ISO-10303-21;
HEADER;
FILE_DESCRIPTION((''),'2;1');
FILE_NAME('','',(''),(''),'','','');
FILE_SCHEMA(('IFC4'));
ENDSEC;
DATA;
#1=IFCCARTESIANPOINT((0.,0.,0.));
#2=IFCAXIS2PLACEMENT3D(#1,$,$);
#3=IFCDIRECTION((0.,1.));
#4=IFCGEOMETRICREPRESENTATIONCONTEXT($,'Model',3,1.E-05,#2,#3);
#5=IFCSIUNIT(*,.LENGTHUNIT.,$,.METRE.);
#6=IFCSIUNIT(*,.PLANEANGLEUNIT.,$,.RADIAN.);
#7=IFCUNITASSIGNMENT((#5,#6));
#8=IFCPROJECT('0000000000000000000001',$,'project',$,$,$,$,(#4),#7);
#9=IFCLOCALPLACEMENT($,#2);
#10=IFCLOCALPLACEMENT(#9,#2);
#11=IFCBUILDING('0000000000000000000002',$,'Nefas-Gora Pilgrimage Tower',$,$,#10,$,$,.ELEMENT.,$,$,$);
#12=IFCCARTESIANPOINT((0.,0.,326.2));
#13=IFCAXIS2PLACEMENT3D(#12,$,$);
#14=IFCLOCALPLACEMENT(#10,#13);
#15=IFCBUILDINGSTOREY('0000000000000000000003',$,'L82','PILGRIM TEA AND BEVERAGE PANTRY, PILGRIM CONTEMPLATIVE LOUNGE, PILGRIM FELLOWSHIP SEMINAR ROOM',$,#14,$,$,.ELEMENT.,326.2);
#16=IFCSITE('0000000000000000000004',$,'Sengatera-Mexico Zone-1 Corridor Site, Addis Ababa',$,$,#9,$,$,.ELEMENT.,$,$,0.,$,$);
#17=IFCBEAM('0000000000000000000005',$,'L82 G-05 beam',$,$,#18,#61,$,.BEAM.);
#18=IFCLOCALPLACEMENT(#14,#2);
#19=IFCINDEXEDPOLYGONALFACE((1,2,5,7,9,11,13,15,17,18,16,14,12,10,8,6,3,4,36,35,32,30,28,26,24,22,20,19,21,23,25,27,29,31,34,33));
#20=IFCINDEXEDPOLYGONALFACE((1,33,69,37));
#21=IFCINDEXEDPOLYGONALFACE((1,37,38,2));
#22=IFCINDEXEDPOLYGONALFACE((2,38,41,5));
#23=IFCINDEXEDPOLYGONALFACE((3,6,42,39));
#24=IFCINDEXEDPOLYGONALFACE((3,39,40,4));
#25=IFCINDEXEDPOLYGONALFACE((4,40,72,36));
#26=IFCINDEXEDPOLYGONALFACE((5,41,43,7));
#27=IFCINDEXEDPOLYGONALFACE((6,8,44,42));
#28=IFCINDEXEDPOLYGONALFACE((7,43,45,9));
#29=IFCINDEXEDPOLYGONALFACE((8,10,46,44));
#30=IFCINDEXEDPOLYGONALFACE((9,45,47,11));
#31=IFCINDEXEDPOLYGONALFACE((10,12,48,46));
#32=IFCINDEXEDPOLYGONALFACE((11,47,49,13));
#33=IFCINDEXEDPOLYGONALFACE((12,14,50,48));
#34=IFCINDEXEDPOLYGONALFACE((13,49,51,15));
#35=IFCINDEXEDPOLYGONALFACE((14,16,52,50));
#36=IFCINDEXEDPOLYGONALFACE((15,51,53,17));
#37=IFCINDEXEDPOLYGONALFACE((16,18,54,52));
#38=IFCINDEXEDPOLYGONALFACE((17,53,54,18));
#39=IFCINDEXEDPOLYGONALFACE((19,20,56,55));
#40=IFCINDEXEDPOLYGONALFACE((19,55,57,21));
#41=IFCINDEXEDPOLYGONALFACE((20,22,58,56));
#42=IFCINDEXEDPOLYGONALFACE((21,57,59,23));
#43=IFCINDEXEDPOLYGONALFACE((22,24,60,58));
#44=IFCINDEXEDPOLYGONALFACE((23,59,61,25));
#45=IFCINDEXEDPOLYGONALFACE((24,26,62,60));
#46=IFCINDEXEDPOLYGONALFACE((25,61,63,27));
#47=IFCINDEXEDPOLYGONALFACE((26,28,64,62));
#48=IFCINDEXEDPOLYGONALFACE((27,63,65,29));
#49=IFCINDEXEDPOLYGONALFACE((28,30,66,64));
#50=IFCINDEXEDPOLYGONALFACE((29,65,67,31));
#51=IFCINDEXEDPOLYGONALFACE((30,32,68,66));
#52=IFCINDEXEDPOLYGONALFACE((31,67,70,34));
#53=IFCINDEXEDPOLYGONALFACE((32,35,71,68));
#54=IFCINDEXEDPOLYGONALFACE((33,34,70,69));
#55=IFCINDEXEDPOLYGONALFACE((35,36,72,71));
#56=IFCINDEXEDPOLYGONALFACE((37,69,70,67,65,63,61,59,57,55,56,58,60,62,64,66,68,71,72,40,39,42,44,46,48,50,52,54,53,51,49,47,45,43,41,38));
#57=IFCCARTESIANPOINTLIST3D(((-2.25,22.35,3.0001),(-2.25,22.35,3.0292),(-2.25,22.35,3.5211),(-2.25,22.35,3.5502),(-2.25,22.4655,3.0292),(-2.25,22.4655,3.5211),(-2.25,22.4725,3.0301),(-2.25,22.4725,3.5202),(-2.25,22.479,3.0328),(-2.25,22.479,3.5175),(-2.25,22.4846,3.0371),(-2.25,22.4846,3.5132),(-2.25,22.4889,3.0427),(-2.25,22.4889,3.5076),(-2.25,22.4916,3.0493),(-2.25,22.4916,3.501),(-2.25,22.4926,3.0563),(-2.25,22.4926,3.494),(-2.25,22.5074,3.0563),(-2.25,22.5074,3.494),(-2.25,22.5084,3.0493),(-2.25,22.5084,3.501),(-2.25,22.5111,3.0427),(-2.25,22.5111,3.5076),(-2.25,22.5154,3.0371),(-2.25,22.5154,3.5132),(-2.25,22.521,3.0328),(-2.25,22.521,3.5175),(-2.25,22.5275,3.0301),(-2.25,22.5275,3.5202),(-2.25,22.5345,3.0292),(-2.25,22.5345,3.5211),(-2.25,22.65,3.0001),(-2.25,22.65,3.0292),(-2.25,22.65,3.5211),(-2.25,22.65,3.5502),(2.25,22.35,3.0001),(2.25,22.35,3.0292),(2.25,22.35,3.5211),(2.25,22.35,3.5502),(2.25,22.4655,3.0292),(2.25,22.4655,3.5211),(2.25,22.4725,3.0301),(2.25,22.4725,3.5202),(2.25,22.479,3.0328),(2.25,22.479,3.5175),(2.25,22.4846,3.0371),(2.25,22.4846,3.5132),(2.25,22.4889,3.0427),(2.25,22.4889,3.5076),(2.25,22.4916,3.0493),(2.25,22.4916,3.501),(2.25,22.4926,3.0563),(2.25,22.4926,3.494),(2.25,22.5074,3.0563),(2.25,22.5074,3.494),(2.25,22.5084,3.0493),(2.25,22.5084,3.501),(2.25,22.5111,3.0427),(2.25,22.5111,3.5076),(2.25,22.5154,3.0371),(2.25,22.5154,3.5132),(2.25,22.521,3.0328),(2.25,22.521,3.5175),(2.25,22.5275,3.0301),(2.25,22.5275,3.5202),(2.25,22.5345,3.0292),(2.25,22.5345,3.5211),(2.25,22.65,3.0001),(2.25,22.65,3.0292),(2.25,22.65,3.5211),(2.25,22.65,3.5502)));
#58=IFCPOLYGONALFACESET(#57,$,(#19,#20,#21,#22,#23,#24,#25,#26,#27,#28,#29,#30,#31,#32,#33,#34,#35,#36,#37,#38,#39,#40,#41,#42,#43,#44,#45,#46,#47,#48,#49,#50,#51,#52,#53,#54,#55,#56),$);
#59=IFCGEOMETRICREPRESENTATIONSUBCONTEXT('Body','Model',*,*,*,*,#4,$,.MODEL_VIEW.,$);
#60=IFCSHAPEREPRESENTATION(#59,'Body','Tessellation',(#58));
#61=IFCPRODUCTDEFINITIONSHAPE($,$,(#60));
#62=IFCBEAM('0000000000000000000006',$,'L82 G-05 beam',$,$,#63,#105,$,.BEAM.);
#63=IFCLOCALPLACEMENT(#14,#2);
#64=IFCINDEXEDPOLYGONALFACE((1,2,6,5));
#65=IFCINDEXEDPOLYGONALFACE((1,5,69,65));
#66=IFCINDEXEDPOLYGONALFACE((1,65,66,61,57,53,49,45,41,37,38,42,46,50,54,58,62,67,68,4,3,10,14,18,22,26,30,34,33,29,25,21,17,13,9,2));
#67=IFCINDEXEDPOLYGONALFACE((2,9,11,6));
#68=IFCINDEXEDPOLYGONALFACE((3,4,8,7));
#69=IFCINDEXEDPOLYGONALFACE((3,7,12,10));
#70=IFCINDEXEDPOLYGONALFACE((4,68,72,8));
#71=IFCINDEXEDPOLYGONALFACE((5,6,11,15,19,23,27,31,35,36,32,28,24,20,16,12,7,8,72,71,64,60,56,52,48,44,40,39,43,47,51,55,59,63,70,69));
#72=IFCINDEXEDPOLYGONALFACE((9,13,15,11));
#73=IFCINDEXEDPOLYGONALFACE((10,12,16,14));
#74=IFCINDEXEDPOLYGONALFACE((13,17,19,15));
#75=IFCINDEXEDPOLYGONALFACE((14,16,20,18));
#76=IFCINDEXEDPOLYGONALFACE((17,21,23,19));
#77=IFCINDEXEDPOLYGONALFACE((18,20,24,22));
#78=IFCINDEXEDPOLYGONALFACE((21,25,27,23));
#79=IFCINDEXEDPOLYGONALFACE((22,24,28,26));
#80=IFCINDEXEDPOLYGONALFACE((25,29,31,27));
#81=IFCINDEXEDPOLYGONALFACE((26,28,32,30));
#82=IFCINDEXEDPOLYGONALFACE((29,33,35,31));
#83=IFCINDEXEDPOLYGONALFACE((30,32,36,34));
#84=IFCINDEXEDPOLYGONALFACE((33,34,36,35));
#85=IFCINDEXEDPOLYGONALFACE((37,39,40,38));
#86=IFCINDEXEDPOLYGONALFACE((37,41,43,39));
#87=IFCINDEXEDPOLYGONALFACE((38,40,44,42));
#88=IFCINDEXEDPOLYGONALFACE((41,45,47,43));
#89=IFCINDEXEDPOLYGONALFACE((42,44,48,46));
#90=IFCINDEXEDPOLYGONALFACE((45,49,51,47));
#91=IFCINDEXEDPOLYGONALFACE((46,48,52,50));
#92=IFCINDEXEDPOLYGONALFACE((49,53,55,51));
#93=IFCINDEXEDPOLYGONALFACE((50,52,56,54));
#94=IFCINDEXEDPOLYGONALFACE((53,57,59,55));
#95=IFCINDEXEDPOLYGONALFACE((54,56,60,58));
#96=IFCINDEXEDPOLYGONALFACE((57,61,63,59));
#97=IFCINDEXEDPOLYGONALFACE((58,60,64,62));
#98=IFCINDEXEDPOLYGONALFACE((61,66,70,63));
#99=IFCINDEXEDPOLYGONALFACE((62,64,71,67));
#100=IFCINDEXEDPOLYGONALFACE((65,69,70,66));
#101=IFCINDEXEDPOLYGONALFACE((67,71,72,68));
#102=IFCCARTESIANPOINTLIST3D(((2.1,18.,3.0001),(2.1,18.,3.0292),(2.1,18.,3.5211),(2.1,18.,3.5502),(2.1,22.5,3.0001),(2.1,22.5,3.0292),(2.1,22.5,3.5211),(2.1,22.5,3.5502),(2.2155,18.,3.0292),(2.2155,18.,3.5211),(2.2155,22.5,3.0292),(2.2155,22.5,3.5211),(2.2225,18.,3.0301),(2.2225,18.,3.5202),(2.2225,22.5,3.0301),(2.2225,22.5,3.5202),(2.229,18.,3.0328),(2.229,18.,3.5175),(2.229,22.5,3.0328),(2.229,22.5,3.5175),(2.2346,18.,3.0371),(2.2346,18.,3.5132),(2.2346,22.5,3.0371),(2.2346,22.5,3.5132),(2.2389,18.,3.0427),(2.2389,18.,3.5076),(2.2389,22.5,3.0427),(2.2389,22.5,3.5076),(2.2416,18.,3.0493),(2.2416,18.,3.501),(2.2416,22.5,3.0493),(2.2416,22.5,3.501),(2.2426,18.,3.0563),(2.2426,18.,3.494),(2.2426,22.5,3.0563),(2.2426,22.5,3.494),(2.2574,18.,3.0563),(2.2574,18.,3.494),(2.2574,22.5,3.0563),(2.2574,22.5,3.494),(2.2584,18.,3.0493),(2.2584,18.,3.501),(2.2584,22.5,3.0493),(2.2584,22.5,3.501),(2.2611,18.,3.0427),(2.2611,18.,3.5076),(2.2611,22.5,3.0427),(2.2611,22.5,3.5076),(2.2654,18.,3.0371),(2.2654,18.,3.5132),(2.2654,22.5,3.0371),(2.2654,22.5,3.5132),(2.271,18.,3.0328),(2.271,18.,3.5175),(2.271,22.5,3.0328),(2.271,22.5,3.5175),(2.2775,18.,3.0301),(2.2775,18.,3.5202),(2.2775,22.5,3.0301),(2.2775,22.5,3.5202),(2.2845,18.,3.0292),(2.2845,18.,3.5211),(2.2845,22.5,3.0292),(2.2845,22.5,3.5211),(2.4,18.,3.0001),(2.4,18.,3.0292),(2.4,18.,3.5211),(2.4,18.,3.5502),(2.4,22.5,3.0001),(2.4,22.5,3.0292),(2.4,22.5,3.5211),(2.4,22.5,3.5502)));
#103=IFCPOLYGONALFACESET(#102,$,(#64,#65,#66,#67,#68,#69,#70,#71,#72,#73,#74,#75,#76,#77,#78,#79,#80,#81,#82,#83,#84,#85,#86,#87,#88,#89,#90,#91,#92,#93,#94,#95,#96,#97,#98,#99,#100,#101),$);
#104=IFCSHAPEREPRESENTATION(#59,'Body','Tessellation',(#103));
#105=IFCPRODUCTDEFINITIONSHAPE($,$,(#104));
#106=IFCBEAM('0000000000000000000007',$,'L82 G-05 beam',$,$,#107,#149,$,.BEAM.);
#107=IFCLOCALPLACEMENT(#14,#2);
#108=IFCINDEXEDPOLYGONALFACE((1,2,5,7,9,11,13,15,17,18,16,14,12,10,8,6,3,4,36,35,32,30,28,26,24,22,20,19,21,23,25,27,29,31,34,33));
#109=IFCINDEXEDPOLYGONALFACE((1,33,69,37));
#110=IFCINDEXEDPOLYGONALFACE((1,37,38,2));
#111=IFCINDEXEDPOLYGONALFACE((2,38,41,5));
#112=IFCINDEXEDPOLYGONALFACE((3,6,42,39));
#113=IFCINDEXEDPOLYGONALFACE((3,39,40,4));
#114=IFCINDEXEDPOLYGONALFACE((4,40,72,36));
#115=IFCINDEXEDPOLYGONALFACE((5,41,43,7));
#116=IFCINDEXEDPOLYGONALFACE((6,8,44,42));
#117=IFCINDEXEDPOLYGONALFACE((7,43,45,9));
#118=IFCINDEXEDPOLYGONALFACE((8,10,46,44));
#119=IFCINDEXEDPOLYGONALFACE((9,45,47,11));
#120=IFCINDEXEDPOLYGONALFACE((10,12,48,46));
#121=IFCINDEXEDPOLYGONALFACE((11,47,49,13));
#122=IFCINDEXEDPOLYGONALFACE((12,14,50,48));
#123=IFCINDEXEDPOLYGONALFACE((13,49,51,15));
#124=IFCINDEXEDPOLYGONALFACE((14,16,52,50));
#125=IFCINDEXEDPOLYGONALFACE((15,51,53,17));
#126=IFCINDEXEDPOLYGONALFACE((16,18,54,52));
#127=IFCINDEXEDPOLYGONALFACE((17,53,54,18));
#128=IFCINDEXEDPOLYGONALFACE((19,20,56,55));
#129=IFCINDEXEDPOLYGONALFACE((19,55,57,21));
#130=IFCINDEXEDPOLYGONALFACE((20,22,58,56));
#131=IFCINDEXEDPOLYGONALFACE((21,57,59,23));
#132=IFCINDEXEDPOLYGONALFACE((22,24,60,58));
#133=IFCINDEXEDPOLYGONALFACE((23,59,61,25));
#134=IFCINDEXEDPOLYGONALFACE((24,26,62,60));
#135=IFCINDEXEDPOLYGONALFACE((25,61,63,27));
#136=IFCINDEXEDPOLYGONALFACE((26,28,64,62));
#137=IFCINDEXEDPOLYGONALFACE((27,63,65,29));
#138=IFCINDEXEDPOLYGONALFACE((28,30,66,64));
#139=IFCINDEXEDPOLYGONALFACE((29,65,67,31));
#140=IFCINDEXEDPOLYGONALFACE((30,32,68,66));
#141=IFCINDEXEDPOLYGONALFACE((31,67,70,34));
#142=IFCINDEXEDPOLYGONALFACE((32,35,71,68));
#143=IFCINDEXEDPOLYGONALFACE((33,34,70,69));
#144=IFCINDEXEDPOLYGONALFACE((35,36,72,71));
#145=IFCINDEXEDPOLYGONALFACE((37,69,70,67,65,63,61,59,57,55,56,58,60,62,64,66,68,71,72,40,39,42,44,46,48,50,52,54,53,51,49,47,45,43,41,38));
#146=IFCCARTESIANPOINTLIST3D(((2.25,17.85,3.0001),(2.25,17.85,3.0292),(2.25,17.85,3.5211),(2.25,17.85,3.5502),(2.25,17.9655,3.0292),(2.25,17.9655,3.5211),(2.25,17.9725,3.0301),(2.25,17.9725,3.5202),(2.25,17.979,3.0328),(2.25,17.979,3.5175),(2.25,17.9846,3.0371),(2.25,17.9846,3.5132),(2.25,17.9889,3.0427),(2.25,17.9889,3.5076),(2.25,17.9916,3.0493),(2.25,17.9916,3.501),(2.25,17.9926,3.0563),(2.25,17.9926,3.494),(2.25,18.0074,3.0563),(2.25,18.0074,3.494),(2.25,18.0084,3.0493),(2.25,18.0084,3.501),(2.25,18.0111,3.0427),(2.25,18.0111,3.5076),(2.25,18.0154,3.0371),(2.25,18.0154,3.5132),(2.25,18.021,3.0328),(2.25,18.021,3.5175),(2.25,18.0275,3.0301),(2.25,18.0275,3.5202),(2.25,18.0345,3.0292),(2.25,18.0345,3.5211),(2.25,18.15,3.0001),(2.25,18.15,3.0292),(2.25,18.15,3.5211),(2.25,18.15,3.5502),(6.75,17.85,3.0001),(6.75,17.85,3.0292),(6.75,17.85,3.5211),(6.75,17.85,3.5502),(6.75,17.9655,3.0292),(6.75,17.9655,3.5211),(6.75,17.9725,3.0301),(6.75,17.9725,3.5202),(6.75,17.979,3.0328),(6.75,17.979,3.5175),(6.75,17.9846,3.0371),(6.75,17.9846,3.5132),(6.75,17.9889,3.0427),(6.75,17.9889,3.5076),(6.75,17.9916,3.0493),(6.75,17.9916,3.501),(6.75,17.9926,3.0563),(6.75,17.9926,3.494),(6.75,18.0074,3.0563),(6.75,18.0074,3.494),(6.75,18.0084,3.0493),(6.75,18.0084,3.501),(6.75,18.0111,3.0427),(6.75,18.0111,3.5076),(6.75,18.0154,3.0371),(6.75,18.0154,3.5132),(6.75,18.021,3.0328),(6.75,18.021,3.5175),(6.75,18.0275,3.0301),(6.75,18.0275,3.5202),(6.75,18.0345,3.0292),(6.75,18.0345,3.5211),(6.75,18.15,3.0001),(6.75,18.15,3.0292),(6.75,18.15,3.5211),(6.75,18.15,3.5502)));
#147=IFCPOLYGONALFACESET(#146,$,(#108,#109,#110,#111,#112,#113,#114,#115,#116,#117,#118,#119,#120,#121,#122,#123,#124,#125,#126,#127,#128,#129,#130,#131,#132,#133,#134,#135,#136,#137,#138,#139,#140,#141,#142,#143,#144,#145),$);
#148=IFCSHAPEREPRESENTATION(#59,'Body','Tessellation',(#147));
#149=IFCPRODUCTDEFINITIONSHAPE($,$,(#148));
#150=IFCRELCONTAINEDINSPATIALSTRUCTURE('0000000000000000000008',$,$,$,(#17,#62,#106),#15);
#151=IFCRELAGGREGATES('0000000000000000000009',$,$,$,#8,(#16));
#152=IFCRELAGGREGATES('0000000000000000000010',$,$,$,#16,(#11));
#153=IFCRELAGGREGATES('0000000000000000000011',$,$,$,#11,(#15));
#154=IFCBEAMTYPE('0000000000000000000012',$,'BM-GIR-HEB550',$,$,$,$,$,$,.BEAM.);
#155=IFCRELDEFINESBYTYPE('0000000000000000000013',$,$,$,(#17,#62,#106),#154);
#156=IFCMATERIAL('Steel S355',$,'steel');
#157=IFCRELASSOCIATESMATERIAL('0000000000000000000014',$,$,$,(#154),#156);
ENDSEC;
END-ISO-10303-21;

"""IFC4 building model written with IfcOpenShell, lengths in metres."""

from ifc_helpers import new_model, si_unit, direction, frame, origin, origin_2d, place, context, subcontext, project, spatial, i_section, extrude, source, transform, mapped, material, material_profile, profile_set, type_object, element, save


model = new_model("IFC4")

# Units and contexts
model_context = context("Model", 3, precision=1e-05, world=origin(), true_north=direction((0.0, 1.0)))
body_context = subcontext(model_context, "Body", "Model", "MODEL_VIEW")
ifc_project = project(units=[si_unit("LENGTHUNIT", "METRE"), si_unit("PLANEANGLEUNIT", "RADIAN")], contexts=[model_context])

# Site, building, storey
site_placement = place(None, origin())
site = spatial("IfcSite", under=ifc_project, at=site_placement, Name="Sengatera-Mexico Zone-1 Corridor Site, Addis Ababa", CompositionType="ELEMENT", RefElevation=0.0)
building_placement = place(site_placement, origin())
building = spatial("IfcBuilding", under=site, at=building_placement, Name="Nefas-Gora Pilgrimage Tower", CompositionType="ELEMENT")
storey_placement = place(building_placement, frame((0.0, 0.0, 326.2)))
storey = spatial("IfcBuildingStorey", under=building, at=storey_placement, Name="L82", Description="PILGRIM TEA AND BEVERAGE PANTRY, PILGRIM CONTEMPLATIVE LOUNGE, PILGRIM FELLOWSHIP SEMINAR ROOM", CompositionType="ELEMENT", Elevation=326.2)

# Shared definitions
ifc_material_1 = material(Name="Steel S355", Category="steel")

# Beams
ifc_material_profile_1 = material_profile(ifc_material_1, i_section(OverallWidth=0.3, OverallDepth=0.55, WebThickness=0.0149, FlangeThickness=0.0291, FilletRadius=0.0271, at=origin_2d()), Name="HEB 550")
ifc_profile_set_1 = profile_set([ifc_material_profile_1], Name="Steel S355")
beam_type = type_object("IfcBeamType", Name="BM-GIR-HEB550", PredefinedType="BEAM", material=ifc_profile_set_1)
shared_shape_1 = source(origin(), body_context, "Body", "SweptSolid", [
    extrude(i_section(OverallWidth=0.3, OverallDepth=0.55, WebThickness=0.0149, FlangeThickness=0.0291, FilletRadius=0.0271, at=origin_2d()), origin(), (0.0, 0.0, 1.0), 4.5),
])
for number, where, z_axis, x_axis, name in (
    (1, (-2.25, 22.5, 3.2751), (1.0, 0.0, 0.0), (0.0, 1.0, 0.0), "L82 G-05 beam"),
    (2, (2.25, 18.0, 3.2751), (0.0, 1.0, 0.0), (-1.0, 0.0, 0.0), "L82 G-05 beam"),
    (3, (2.25, 18.0, 3.2751), (1.0, 0.0, 0.0), (0.0, 1.0, 0.0), "L82 G-05 beam"),
):
    element("IfcBeam", number, at=place(storey_placement, frame(where, z_axis=z_axis, x_axis=x_axis)), inside=storey, type_object=beam_type, Name=name, PredefinedType="BEAM", context=body_context, shape_type="MappedRepresentation", body=[
        mapped(shared_shape_1, transform((0.0, 0.0, 0.0), x_axis=(1.0, 0.0, 0.0), y_axis=(0.0, 1.0, 0.0), z_axis=(0.0, 0.0, 1.0), scale=1.0)),
    ])

save(model, "model.ifc")
